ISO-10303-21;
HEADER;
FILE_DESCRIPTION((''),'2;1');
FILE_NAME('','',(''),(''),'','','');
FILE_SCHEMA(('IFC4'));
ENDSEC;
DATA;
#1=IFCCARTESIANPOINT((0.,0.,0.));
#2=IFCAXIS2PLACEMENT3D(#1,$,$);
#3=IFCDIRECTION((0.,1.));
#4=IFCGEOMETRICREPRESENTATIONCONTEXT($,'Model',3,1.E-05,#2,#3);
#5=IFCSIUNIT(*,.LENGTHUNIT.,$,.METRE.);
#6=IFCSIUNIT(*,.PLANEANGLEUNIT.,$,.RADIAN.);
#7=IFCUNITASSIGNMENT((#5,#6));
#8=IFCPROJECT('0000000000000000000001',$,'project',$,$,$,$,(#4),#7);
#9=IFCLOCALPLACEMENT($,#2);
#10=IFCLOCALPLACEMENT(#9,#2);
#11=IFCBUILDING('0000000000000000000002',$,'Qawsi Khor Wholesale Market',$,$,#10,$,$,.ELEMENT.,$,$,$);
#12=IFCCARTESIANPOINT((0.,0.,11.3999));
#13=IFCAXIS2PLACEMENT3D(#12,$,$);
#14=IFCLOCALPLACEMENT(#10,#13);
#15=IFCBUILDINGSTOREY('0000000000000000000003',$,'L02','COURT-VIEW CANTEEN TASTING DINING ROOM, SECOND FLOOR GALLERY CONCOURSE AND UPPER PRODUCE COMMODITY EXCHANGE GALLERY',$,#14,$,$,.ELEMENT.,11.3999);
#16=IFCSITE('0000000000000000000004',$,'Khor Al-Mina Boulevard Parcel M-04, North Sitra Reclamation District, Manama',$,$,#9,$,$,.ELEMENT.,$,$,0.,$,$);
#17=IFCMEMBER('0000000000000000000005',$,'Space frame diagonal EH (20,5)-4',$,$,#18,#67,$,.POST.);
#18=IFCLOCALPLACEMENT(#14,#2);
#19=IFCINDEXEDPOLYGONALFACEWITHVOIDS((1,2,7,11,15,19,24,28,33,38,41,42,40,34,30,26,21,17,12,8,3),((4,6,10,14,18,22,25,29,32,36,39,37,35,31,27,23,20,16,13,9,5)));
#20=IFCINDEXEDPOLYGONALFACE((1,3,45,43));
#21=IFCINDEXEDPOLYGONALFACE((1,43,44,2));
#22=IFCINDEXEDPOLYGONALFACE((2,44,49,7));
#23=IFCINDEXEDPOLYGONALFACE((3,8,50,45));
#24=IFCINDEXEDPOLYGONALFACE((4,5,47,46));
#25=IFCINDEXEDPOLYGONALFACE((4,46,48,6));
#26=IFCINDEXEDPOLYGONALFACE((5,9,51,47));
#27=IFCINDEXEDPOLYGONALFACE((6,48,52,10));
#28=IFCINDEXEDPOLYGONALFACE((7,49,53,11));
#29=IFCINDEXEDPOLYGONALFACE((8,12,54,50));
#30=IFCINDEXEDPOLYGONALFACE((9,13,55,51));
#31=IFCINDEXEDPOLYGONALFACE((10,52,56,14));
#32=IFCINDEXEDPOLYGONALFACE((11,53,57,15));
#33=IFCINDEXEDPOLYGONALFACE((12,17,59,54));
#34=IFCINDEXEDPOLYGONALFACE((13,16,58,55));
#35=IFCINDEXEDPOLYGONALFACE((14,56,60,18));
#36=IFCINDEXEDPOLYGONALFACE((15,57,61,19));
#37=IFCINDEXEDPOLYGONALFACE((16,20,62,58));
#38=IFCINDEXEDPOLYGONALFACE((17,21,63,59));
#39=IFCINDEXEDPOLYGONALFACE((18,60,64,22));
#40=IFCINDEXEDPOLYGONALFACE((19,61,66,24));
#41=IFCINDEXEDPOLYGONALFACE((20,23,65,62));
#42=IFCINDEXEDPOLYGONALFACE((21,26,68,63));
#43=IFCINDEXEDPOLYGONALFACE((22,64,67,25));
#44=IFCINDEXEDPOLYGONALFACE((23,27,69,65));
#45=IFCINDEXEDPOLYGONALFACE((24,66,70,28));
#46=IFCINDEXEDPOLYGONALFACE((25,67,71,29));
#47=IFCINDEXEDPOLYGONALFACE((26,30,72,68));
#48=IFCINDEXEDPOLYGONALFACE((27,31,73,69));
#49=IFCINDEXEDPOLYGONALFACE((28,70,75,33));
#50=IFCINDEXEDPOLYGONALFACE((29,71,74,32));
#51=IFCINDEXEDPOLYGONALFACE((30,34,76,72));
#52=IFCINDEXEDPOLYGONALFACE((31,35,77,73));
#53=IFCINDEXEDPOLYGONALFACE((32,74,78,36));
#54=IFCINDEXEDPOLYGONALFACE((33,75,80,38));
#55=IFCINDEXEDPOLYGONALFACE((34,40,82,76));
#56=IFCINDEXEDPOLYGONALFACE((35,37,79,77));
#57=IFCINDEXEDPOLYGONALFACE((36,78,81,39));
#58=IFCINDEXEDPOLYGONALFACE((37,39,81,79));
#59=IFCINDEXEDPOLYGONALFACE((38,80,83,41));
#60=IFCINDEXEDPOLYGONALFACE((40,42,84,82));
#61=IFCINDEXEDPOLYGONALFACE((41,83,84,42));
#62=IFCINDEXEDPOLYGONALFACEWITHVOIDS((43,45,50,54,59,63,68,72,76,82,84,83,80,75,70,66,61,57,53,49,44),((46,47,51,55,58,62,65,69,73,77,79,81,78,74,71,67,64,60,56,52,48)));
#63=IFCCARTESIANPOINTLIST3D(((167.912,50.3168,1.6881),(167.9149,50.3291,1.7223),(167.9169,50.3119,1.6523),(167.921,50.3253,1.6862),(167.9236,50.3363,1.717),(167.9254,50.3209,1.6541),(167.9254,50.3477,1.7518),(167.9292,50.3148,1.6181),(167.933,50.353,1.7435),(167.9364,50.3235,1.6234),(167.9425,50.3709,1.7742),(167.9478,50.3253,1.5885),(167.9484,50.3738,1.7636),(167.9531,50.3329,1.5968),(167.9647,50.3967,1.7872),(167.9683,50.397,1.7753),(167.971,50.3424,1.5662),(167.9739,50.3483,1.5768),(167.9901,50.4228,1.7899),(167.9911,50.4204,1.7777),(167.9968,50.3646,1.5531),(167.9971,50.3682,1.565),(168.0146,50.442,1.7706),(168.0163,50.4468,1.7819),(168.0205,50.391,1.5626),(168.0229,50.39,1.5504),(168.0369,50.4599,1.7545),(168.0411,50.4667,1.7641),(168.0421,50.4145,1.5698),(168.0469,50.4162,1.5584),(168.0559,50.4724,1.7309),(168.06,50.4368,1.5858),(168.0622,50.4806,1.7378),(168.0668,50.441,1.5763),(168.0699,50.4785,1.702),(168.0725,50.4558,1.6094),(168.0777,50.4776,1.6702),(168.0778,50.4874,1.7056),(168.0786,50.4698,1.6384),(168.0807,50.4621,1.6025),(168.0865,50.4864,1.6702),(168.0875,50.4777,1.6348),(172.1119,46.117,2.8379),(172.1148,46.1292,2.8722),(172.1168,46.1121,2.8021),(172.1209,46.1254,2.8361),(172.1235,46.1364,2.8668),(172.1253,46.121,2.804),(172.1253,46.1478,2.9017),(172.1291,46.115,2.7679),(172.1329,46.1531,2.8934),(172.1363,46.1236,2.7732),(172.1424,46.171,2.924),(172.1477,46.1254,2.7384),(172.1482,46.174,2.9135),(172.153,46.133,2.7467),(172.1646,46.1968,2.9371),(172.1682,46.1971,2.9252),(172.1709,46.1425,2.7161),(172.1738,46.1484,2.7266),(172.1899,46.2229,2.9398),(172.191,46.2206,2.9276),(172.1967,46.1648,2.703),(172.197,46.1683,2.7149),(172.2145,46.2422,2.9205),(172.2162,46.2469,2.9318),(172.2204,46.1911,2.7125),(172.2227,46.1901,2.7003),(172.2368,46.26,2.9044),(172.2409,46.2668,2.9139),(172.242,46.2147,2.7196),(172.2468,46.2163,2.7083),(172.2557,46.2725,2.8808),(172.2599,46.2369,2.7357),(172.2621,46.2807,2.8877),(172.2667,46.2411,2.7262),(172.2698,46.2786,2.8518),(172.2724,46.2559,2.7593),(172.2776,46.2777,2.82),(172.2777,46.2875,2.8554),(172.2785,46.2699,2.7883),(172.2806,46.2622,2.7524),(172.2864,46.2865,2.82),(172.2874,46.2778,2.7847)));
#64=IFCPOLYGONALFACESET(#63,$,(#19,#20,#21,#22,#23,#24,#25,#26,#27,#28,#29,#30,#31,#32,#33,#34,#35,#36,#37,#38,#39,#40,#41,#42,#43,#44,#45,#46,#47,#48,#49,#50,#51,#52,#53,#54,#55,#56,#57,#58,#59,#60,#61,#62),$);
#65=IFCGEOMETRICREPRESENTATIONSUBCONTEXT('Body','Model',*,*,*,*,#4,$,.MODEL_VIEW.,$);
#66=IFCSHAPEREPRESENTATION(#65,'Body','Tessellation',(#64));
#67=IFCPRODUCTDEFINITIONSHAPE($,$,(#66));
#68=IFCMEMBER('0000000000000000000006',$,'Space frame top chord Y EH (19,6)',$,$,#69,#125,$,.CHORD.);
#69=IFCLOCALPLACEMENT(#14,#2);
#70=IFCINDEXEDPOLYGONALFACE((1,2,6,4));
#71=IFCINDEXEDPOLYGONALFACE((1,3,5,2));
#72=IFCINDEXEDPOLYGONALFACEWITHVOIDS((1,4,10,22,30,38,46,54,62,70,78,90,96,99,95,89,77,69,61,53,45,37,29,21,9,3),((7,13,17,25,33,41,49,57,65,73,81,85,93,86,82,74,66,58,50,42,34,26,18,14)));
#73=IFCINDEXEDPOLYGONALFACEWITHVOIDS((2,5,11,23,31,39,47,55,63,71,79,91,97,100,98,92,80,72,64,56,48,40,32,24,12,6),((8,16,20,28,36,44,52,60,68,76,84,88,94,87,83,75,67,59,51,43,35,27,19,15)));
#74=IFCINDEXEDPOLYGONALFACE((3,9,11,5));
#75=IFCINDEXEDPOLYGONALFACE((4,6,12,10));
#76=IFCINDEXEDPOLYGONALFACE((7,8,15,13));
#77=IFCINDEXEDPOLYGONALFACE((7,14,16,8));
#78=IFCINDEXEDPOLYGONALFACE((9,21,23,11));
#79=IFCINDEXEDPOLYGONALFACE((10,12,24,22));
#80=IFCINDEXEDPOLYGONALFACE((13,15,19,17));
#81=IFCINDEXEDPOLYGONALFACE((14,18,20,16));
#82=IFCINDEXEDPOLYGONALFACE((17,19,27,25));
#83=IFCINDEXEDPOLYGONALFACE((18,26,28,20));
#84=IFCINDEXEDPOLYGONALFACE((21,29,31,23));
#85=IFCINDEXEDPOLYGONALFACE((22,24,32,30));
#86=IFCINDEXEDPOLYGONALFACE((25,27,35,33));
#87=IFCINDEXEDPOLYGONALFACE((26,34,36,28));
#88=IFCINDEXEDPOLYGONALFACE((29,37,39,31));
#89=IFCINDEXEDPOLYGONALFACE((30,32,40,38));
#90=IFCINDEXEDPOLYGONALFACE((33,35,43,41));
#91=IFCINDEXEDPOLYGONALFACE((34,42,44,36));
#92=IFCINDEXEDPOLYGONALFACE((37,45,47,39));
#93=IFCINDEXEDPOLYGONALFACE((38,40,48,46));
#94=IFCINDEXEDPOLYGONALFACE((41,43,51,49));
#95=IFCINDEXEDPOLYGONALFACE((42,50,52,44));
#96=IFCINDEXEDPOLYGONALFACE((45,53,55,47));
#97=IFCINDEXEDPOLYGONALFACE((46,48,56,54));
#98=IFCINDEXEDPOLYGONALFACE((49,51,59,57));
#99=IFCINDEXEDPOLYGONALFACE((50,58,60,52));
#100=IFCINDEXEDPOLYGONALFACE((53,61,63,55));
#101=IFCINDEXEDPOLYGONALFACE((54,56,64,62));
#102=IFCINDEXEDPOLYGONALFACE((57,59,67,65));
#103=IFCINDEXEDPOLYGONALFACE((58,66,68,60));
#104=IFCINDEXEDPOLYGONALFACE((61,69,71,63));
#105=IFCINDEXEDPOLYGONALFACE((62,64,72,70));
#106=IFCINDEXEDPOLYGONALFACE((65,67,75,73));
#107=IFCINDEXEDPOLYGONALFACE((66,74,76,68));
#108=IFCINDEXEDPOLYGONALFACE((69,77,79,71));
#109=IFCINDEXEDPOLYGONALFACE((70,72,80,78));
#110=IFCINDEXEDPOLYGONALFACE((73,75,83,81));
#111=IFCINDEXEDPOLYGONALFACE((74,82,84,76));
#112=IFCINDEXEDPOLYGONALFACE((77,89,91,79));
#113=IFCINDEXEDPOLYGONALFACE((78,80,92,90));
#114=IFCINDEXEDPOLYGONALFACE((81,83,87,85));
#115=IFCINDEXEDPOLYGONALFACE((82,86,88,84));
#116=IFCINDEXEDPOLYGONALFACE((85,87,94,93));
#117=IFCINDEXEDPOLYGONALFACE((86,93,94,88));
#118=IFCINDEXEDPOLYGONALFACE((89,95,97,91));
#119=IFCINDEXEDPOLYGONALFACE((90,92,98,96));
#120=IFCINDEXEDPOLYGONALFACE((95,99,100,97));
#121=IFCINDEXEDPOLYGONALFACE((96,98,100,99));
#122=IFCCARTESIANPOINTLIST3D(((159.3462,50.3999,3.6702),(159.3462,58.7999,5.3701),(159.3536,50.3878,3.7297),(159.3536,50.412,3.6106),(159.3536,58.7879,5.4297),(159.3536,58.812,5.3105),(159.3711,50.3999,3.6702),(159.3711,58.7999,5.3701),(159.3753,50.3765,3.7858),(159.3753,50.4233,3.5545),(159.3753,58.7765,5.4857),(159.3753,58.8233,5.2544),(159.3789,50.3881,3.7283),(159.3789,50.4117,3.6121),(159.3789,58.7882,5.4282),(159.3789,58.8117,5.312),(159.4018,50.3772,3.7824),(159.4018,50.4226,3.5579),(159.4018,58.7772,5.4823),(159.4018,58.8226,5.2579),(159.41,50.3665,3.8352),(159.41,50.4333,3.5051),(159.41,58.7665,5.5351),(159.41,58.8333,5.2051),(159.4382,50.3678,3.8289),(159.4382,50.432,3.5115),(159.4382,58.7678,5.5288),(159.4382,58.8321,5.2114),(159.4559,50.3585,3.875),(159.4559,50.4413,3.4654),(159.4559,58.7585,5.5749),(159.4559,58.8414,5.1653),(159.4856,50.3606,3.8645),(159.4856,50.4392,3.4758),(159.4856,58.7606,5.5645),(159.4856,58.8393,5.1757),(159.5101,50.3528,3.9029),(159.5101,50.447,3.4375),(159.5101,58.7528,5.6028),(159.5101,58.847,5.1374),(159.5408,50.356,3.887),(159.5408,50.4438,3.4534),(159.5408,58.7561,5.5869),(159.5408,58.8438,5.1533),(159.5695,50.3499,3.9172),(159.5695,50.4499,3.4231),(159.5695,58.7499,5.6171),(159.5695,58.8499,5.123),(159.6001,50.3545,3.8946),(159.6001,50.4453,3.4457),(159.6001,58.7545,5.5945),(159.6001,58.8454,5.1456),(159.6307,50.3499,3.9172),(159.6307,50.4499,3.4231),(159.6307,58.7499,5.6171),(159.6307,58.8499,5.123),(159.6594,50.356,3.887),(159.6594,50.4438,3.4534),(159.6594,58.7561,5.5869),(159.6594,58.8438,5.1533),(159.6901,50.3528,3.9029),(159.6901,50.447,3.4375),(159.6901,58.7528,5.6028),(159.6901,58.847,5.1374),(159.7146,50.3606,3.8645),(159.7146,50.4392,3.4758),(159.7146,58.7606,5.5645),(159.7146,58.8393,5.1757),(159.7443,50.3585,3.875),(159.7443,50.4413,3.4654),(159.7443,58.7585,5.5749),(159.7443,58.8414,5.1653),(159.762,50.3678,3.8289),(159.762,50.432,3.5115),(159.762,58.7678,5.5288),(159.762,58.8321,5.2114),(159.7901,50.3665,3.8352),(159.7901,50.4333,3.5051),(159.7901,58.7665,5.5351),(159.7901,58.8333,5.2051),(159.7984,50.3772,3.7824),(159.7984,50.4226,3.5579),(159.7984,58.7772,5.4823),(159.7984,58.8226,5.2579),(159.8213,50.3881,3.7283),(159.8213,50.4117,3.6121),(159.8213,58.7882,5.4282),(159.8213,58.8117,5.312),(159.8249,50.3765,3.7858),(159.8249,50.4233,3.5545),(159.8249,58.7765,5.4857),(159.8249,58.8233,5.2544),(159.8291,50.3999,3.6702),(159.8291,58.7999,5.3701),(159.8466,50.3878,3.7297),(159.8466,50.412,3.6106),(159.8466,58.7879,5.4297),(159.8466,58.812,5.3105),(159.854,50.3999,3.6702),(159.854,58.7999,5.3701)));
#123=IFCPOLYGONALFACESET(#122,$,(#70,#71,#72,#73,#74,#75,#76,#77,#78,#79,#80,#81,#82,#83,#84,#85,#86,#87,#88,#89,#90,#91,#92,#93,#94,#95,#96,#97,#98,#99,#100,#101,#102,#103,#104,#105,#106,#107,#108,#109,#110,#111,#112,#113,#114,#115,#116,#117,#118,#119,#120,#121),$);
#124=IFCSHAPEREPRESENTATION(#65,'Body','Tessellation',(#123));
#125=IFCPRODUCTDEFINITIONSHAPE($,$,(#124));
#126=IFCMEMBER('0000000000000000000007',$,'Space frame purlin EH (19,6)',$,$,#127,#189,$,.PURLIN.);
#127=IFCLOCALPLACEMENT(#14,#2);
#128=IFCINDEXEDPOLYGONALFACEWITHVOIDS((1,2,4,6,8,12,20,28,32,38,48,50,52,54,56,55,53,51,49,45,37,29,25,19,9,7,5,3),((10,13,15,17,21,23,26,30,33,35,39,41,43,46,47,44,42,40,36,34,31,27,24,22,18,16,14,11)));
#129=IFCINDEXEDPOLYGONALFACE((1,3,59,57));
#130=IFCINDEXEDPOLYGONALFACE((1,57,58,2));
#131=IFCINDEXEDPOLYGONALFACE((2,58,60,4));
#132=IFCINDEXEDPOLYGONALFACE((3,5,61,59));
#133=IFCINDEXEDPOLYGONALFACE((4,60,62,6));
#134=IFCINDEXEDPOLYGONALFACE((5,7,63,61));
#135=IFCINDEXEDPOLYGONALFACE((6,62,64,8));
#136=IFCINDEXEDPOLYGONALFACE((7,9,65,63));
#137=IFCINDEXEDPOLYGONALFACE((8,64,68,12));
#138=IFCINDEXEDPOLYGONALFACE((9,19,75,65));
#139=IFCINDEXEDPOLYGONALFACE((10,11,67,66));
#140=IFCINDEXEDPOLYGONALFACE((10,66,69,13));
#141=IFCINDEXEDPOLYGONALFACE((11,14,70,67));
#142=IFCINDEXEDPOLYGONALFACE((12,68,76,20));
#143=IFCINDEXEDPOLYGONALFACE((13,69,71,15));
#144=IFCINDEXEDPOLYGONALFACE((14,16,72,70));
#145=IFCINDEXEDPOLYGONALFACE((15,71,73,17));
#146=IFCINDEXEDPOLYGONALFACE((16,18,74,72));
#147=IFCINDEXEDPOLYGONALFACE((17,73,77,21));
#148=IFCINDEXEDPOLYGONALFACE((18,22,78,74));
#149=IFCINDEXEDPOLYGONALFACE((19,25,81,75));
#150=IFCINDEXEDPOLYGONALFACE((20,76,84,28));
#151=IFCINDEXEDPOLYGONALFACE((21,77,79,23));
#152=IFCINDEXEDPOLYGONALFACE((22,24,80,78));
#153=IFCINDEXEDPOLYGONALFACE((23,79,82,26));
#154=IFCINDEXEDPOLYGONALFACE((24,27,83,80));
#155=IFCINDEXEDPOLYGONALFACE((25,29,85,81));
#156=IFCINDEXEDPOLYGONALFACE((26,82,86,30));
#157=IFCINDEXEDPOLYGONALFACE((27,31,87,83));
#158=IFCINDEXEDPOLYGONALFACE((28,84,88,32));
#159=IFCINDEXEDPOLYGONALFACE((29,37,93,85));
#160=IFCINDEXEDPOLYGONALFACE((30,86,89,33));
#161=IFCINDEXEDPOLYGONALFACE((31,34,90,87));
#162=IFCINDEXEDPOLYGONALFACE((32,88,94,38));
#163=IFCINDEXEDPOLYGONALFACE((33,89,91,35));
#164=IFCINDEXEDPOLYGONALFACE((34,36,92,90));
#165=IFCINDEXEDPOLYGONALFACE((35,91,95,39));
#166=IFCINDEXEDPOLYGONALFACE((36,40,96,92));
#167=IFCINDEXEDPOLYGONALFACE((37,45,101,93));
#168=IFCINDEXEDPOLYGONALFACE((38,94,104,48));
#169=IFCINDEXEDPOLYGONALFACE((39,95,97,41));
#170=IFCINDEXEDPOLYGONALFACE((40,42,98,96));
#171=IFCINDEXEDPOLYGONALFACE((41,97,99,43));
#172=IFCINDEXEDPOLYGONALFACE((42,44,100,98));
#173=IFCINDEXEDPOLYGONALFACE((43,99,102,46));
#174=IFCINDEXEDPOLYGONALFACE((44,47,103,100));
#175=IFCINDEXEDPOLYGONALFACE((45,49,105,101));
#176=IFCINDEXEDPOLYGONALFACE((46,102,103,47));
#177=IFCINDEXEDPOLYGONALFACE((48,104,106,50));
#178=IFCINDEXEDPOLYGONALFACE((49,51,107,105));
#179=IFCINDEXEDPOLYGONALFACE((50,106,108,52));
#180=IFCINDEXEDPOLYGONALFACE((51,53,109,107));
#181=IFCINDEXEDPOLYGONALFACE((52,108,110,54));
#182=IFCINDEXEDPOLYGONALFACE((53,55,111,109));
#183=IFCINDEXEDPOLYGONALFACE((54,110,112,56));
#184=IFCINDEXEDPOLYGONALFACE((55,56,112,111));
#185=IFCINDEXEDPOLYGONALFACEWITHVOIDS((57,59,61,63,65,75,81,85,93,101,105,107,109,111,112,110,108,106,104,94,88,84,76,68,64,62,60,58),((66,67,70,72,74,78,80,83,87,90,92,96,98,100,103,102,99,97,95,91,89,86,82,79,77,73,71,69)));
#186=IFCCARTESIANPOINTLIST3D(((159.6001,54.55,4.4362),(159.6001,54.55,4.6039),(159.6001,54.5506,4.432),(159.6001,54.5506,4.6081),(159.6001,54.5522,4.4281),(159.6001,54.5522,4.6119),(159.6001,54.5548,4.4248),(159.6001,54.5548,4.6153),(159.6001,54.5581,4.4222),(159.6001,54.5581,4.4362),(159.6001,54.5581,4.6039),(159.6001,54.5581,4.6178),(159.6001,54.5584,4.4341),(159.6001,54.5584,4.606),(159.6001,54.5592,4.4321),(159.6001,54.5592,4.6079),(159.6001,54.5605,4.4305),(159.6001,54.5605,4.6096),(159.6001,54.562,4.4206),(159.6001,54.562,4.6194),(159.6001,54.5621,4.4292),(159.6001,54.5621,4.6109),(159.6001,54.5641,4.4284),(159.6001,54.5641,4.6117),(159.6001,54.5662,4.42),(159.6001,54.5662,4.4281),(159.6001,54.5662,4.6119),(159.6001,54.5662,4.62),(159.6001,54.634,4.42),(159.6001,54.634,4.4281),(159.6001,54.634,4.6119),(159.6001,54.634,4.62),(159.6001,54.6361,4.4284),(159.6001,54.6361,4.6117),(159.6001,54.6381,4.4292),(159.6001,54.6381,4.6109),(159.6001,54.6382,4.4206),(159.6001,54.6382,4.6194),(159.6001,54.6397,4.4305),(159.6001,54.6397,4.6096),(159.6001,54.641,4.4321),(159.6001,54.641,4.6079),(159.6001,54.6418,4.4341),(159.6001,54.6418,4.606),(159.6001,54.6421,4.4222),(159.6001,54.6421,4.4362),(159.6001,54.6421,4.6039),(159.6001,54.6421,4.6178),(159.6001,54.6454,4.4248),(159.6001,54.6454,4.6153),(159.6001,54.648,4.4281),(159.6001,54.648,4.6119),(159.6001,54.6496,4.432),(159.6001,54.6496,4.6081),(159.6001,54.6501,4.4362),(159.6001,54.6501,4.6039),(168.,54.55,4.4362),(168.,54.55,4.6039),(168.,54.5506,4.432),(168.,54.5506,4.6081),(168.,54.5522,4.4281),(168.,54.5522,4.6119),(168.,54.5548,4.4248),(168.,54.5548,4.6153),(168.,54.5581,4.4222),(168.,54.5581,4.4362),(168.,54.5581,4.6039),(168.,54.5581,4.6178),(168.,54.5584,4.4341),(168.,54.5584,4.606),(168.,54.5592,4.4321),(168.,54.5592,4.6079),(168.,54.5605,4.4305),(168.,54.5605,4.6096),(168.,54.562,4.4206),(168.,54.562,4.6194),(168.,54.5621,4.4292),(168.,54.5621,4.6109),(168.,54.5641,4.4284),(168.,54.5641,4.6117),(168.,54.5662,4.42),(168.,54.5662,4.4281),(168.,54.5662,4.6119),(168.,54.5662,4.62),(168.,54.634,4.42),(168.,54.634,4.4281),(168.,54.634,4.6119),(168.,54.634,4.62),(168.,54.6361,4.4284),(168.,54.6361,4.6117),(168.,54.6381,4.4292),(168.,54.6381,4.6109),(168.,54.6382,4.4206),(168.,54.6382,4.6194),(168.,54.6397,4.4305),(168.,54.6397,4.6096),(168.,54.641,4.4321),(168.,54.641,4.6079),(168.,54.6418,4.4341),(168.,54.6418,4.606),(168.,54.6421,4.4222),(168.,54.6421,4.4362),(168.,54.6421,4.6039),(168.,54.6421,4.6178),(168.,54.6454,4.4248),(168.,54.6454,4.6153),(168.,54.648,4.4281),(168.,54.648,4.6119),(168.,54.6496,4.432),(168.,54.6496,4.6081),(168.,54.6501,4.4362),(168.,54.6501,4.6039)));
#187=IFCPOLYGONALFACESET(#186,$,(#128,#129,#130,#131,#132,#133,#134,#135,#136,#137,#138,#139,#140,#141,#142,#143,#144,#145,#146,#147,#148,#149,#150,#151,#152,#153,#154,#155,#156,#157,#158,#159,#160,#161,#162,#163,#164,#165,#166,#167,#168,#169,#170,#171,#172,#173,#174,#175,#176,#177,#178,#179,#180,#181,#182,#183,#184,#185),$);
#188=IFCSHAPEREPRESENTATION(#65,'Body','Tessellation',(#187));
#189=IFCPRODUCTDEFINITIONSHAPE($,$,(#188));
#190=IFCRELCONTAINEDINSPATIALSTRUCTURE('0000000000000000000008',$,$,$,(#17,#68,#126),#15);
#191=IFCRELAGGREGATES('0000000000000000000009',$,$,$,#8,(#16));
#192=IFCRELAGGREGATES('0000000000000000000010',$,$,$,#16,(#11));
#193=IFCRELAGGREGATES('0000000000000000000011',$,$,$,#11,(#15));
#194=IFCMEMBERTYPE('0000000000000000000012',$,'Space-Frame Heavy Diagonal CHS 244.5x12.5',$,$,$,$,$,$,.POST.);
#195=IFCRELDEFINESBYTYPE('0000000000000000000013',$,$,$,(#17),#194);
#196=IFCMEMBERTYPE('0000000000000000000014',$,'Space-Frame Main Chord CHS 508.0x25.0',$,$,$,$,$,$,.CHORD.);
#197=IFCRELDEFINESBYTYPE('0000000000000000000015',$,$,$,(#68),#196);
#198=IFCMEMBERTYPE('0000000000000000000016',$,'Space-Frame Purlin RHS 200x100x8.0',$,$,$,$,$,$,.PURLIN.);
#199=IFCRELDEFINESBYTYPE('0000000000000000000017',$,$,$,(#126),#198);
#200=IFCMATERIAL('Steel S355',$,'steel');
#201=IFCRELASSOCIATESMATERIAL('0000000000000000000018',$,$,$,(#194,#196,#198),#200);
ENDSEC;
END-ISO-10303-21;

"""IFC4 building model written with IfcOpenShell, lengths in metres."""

from ifc_helpers import new_model, si_unit, direction, frame, origin, origin_2d, place, context, subcontext, project, spatial, hollow_rectangle, hollow_circle, extrude, material, material_profile, profile_set, type_object, element, save


model = new_model("IFC4")

# Units and contexts
model_context = context("Model", 3, precision=1e-05, world=origin(), true_north=direction((0.0, 1.0)))
body_context = subcontext(model_context, "Body", "Model", "MODEL_VIEW")
ifc_project = project(units=[si_unit("LENGTHUNIT", "METRE"), si_unit("PLANEANGLEUNIT", "RADIAN")], contexts=[model_context])

# Site, building, storey
site_placement = place(None, origin())
site = spatial("IfcSite", under=ifc_project, at=site_placement, Name="Khor Al-Mina Boulevard Parcel M-04, North Sitra Reclamation District, Manama", CompositionType="ELEMENT", RefElevation=0.0)
building_placement = place(site_placement, origin())
building = spatial("IfcBuilding", under=site, at=building_placement, Name="Qawsi Khor Wholesale Market", CompositionType="ELEMENT")
storey_placement = place(building_placement, frame((0.0, 0.0, 11.3999)))
storey = spatial("IfcBuildingStorey", under=building, at=storey_placement, Name="L02", Description="COURT-VIEW CANTEEN TASTING DINING ROOM, SECOND FLOOR GALLERY CONCOURSE AND UPPER PRODUCE COMMODITY EXCHANGE GALLERY", CompositionType="ELEMENT", Elevation=11.3999)

# Members
ifc_material_1 = material(Name="Steel S355", Category="steel")
ifc_material_profile_1 = material_profile(ifc_material_1, hollow_circle(Radius=0.1223, WallThickness=0.0125, at=origin_2d()), Name="CHS 244.5x12.5")
ifc_profile_set_1 = profile_set([ifc_material_profile_1], Name="Steel S355")
member_type_1 = type_object("IfcMemberType", Name="Space-Frame Heavy Diagonal CHS 244.5x12.5", PredefinedType="POST", material=ifc_profile_set_1)
for number, where, z_axis, x_axis, name in (
    (1, (168.0, 50.3999, 1.6702), (0.694217, -0.694217, 0.190069), (0.707107, 0.707107, 0.0), "Space frame diagonal EH (20,5)-4"),
):
    element("IfcMember", number, at=place(storey_placement, frame(where, z_axis=z_axis, x_axis=x_axis)), inside=storey, type_object=member_type_1, Name=name, PredefinedType="POST", context=body_context, shape_type="SweptSolid", body=[
        extrude(hollow_circle(Radius=0.1223, WallThickness=0.0125, at=origin_2d()), origin(), (0.0, 0.0, 1.0), 6.0498),
    ])
ifc_material_profile_2 = material_profile(ifc_material_1, hollow_circle(Radius=0.2539, WallThickness=0.0249, at=origin_2d()), Name="CHS 508.0x25.0")
ifc_profile_set_2 = profile_set([ifc_material_profile_2], Name="Steel S355")
member_type_2 = type_object("IfcMemberType", Name="Space-Frame Main Chord CHS 508.0x25.0", PredefinedType="CHORD", material=ifc_profile_set_2)
member_1_placement = place(storey_placement, frame((159.6001, 50.3999, 3.6702), z_axis=(0.0, 0.980131, 0.198351), x_axis=(-1.0, 0.0, 0.0)))
element("IfcMember", 2, at=member_1_placement, inside=storey, type_object=member_type_2, Name="Space frame top chord Y EH (19,6)", PredefinedType="CHORD", context=body_context, shape_type="SweptSolid", body=[
    extrude(hollow_circle(Radius=0.2539, WallThickness=0.0249, at=origin_2d()), origin(), (0.0, 0.0, 1.0), 8.5703),
])
ifc_material_profile_3 = material_profile(ifc_material_1, hollow_rectangle(XDim=0.1001, YDim=0.2, WallThickness=0.0081, InnerFilletRadius=0.0081, OuterFilletRadius=0.0161, at=origin_2d()), Name="RHS 200x100x8.0")
ifc_profile_set_3 = profile_set([ifc_material_profile_3], Name="Steel S355")
member_type_3 = type_object("IfcMemberType", Name="Space-Frame Purlin RHS 200x100x8.0", PredefinedType="PURLIN", material=ifc_profile_set_3)
for number, where, z_axis, x_axis, name in (
    (3, (159.6001, 54.6001, 4.52), (1.0, 0.0, 0.0), (0.0, 1.0, 0.0), "Space frame purlin EH (19,6)"),
):
    element("IfcMember", number, at=place(storey_placement, frame(where, z_axis=z_axis, x_axis=x_axis)), inside=storey, type_object=member_type_3, Name=name, PredefinedType="PURLIN", context=body_context, shape_type="SweptSolid", body=[
        extrude(hollow_rectangle(XDim=0.1001, YDim=0.2, WallThickness=0.0081, InnerFilletRadius=0.0081, OuterFilletRadius=0.0161, at=origin_2d()), origin(), (0.0, 0.0, 1.0), 8.3999),
    ])

save(model, "model.ifc")
